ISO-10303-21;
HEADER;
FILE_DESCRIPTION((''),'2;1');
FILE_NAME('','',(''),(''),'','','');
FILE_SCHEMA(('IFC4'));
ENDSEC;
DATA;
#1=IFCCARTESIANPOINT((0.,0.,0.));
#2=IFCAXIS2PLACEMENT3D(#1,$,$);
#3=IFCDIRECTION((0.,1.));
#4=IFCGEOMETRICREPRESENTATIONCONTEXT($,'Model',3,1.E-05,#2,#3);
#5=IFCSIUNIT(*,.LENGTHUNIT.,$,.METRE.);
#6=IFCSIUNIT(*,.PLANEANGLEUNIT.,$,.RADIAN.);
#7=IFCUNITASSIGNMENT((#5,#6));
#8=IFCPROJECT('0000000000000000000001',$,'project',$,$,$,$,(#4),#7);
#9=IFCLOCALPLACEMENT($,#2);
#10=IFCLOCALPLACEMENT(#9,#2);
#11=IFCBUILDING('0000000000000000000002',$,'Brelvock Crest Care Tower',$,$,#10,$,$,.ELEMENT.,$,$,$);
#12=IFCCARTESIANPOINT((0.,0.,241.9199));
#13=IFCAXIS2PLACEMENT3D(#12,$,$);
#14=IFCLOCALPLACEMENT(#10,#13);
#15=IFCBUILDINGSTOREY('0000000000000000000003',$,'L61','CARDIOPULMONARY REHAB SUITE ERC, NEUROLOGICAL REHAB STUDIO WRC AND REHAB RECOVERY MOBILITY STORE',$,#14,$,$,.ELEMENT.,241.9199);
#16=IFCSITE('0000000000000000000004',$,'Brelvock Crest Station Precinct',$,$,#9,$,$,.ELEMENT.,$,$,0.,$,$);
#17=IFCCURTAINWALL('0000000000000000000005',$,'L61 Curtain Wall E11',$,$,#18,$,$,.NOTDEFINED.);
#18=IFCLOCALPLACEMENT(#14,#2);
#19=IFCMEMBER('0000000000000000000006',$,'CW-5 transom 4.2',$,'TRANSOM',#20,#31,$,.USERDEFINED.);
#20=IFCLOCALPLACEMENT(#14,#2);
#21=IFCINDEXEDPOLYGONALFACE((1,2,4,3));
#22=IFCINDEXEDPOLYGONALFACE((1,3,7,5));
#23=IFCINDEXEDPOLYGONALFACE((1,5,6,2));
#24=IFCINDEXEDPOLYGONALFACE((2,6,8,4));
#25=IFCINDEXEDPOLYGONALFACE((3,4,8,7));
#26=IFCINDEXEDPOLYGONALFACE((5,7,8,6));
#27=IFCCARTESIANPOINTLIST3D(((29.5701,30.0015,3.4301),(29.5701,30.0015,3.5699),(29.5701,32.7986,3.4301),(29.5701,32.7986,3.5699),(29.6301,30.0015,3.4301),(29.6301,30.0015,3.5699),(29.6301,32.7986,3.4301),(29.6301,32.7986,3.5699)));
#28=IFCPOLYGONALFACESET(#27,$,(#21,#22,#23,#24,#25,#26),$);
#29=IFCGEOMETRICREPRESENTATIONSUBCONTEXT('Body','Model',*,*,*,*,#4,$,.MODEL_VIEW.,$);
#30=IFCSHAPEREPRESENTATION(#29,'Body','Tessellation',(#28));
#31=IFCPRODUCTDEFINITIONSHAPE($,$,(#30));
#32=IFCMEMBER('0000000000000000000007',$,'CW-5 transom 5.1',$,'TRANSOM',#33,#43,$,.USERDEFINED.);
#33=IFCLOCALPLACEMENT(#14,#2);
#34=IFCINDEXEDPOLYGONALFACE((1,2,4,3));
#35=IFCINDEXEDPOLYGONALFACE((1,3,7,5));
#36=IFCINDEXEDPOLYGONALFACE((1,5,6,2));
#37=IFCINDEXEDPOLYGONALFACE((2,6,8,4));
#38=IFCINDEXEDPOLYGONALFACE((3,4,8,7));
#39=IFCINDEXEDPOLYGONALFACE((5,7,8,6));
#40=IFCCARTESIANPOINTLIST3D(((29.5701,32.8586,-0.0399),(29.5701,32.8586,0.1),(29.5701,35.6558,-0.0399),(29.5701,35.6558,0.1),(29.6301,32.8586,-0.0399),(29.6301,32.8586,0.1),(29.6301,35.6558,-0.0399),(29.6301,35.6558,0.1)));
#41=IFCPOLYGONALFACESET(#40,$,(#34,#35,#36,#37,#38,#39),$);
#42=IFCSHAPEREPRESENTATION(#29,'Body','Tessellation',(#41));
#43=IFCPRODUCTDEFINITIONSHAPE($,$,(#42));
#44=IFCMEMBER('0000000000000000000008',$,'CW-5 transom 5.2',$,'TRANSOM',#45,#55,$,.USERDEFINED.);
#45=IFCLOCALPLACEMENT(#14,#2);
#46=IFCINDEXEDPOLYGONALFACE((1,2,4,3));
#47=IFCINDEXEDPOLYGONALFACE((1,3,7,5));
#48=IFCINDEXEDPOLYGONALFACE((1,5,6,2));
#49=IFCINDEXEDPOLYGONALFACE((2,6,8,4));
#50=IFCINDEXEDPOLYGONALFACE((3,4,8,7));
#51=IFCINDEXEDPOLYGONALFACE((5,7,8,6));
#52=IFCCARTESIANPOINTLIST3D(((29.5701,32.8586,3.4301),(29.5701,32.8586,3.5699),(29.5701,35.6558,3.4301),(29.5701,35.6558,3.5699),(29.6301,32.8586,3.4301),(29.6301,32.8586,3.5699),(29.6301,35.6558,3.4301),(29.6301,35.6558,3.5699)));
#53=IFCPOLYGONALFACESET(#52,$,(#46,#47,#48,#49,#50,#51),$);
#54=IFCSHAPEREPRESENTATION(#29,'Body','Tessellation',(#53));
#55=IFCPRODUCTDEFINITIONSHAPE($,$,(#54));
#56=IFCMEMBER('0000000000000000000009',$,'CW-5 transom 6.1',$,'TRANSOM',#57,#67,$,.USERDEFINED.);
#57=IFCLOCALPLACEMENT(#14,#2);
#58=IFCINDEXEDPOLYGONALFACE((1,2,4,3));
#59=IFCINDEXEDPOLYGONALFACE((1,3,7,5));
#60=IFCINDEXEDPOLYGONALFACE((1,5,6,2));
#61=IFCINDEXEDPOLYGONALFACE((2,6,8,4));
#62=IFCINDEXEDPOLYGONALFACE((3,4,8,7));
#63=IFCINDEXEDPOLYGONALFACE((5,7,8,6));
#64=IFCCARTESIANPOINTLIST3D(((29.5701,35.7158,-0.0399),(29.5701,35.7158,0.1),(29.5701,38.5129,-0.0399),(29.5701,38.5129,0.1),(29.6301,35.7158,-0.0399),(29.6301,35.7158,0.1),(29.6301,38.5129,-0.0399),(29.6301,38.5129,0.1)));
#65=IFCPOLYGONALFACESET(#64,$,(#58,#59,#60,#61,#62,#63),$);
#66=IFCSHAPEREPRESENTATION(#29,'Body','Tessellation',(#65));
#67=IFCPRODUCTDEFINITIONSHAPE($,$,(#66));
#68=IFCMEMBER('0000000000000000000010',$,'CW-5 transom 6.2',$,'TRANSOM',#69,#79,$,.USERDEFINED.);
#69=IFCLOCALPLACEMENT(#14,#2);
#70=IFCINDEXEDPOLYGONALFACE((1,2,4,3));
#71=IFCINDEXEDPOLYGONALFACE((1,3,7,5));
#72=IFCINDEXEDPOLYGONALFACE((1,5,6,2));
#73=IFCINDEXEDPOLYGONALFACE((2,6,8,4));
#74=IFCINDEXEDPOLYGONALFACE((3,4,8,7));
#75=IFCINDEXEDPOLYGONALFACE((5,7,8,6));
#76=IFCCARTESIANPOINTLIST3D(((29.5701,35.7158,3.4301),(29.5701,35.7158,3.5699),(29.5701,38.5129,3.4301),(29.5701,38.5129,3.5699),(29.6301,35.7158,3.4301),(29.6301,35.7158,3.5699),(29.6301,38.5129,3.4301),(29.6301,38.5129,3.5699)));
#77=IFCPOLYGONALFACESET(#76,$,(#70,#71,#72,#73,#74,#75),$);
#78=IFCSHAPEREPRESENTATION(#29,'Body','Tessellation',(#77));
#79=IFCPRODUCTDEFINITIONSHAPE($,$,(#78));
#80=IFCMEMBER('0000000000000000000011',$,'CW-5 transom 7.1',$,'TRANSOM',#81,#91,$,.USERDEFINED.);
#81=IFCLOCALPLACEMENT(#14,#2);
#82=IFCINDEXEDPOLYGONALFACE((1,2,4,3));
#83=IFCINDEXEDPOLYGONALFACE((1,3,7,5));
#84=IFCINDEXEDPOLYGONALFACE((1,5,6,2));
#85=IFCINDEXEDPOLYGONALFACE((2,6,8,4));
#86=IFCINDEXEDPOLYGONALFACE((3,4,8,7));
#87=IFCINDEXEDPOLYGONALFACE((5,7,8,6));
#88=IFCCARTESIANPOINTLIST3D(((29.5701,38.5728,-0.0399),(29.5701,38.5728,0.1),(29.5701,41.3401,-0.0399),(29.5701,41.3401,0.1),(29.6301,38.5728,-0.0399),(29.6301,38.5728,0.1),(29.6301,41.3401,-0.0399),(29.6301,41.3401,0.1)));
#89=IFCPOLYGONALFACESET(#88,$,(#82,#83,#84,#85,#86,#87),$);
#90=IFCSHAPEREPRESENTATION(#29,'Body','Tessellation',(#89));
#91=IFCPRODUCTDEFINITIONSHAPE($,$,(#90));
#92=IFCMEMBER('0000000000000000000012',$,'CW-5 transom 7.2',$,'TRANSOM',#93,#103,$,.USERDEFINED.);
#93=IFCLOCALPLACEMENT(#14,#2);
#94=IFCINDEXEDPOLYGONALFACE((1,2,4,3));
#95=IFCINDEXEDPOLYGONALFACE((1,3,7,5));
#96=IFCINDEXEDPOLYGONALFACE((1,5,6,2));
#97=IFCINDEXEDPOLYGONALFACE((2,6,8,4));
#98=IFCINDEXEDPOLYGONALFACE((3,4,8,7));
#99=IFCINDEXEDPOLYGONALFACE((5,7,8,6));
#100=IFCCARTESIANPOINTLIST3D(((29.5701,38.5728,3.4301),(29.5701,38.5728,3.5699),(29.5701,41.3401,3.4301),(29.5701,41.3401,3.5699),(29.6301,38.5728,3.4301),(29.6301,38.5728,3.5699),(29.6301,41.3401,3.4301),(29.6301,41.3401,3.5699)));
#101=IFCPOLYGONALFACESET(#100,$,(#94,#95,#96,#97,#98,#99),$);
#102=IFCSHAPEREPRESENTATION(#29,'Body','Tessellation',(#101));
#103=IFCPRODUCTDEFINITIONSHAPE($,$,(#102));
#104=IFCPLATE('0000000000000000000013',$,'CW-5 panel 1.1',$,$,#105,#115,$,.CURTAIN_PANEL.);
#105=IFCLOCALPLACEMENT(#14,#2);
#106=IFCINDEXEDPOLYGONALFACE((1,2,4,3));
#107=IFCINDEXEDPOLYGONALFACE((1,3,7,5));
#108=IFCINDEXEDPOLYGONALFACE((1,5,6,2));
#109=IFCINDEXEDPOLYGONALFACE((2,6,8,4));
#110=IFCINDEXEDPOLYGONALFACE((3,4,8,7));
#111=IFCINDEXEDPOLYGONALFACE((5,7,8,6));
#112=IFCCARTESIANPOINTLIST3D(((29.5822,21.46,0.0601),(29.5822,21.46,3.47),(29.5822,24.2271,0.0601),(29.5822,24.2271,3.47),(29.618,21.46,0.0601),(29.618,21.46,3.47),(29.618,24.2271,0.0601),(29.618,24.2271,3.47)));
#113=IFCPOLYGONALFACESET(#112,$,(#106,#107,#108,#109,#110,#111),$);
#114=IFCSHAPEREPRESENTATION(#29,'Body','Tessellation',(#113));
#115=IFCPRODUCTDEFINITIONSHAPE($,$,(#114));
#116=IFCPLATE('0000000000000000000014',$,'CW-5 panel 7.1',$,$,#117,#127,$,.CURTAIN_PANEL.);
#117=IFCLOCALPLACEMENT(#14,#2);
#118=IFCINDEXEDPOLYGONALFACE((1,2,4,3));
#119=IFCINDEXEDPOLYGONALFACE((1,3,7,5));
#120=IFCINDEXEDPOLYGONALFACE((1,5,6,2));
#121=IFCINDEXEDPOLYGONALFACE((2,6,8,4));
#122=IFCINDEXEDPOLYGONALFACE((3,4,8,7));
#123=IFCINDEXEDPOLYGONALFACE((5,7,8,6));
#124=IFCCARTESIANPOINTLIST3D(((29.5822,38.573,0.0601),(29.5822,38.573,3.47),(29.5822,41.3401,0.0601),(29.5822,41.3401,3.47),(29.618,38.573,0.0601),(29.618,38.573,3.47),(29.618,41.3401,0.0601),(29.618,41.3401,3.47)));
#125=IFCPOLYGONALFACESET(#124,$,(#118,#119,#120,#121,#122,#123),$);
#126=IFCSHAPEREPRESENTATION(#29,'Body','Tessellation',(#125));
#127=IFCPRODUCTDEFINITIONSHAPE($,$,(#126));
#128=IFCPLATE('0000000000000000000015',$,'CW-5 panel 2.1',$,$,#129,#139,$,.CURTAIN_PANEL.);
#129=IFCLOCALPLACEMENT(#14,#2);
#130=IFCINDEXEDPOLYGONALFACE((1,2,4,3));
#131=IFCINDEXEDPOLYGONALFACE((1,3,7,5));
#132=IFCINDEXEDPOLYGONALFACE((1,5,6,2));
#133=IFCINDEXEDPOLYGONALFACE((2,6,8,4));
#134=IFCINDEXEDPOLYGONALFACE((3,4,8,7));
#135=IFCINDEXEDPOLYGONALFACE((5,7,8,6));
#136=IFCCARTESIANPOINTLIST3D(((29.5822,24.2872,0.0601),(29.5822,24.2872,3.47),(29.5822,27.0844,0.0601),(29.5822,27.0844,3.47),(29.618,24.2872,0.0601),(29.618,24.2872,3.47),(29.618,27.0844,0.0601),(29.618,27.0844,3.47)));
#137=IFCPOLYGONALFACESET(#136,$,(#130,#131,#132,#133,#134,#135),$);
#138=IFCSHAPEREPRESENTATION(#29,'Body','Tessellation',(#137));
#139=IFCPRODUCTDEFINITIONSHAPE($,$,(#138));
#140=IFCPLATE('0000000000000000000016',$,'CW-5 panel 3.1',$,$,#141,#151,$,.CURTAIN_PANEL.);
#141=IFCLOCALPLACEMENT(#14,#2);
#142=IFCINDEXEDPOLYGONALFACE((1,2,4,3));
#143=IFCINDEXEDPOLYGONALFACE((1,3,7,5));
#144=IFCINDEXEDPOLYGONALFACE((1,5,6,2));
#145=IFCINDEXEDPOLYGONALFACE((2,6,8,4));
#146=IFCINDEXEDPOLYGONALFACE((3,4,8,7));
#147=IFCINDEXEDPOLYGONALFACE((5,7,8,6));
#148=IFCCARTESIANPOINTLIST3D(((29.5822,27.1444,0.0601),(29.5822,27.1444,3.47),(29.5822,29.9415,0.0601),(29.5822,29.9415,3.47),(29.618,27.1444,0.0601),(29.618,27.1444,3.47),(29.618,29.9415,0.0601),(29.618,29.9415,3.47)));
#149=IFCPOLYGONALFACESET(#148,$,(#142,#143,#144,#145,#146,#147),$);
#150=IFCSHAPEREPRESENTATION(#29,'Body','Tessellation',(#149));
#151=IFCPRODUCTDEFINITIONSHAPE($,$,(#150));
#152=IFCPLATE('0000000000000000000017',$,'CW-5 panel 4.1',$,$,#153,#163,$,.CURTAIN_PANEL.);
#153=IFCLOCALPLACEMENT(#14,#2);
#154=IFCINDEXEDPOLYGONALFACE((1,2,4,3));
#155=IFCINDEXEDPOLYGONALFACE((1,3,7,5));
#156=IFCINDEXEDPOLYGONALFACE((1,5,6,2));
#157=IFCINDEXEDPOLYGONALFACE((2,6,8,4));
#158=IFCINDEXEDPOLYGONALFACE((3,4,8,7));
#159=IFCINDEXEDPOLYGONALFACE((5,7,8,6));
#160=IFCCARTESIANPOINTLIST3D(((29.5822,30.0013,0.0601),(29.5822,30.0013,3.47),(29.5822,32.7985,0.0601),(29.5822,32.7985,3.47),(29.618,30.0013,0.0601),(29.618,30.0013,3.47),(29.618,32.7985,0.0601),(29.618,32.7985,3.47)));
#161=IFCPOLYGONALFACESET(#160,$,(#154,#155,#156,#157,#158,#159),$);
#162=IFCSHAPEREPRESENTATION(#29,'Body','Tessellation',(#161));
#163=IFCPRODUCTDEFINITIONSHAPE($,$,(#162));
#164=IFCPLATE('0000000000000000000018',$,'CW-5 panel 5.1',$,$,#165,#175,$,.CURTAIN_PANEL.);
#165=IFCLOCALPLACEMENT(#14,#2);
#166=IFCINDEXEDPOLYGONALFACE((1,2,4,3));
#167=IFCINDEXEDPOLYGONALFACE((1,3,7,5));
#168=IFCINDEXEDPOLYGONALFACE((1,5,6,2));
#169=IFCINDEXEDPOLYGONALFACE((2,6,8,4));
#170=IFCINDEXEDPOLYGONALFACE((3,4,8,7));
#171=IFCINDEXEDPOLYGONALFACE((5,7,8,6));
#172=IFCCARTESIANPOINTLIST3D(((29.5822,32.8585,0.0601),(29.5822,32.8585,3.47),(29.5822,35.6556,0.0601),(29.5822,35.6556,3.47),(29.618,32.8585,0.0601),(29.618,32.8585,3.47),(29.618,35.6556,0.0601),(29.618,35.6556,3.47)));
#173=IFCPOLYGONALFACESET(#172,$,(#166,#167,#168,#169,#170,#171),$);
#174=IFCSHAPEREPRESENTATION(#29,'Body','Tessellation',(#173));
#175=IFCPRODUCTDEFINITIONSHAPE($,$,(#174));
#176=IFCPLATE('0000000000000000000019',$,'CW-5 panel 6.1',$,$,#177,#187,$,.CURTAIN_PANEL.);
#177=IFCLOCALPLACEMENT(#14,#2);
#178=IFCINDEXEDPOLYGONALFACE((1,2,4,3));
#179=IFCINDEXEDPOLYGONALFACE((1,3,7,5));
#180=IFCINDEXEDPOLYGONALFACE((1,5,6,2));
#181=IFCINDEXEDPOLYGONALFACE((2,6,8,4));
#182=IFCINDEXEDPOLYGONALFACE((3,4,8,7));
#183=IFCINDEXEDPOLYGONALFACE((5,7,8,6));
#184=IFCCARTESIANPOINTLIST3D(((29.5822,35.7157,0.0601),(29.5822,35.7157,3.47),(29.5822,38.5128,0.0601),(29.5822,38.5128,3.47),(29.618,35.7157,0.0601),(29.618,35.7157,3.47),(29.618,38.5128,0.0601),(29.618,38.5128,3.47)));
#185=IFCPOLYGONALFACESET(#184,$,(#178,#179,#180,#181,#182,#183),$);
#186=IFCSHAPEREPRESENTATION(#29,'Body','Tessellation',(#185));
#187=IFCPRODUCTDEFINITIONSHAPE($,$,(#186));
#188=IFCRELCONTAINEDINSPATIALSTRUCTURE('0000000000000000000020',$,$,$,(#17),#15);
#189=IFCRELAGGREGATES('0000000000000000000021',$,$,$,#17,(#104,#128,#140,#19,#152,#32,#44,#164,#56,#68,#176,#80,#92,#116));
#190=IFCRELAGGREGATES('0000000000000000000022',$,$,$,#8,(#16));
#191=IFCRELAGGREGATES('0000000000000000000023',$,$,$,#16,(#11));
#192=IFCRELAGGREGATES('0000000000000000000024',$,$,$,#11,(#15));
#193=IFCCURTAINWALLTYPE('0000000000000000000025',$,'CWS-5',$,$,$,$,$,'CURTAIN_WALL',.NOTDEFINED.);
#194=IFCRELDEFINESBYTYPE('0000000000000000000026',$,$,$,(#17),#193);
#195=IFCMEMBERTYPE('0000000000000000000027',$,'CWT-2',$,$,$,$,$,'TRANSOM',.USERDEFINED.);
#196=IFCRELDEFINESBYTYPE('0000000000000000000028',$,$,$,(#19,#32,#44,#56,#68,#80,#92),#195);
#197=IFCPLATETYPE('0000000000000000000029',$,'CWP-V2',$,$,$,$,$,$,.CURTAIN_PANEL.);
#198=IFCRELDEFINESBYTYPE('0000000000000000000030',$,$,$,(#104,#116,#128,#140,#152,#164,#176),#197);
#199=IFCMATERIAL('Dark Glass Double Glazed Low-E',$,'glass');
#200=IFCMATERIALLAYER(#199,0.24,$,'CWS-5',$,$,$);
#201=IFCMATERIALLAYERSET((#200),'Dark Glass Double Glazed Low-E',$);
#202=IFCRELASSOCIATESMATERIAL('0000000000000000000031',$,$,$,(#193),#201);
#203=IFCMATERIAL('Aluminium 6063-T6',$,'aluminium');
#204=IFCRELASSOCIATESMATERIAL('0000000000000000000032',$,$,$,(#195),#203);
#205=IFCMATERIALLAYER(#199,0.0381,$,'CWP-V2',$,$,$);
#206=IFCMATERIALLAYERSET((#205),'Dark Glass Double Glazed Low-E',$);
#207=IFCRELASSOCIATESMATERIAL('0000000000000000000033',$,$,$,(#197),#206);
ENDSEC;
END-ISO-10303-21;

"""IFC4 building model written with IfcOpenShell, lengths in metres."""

from ifc_helpers import new_model, si_unit, direction, frame, origin, origin_2d, place, context, subcontext, project, spatial, rectangle, extrude, source, transform, mapped, material, layer, layer_set, material_profile, profile_set, type_object, element, aggregate, save


model = new_model("IFC4")

# Units and contexts
model_context = context("Model", 3, precision=1e-05, world=origin(), true_north=direction((0.0, 1.0)))
body_context = subcontext(model_context, "Body", "Model", "MODEL_VIEW")
ifc_project = project(units=[si_unit("LENGTHUNIT", "METRE"), si_unit("PLANEANGLEUNIT", "RADIAN")], contexts=[model_context])

# Site, building, storey
site_placement = place(None, origin())
site = spatial("IfcSite", under=ifc_project, at=site_placement, Name="Brelvock Crest Station Precinct", CompositionType="ELEMENT", RefElevation=0.0)
building_placement = place(site_placement, origin())
building = spatial("IfcBuilding", under=site, at=building_placement, Name="Brelvock Crest Care Tower", CompositionType="ELEMENT")
storey_placement = place(building_placement, frame((0.0, 0.0, 241.9199)))
storey = spatial("IfcBuildingStorey", under=building, at=storey_placement, Name="L61", Description="CARDIOPULMONARY REHAB SUITE ERC, NEUROLOGICAL REHAB STUDIO WRC AND REHAB RECOVERY MOBILITY STORE", CompositionType="ELEMENT", Elevation=241.9199)

# Curtain wall, members, plates
ifc_material_1 = material(Name="Dark Glass Double Glazed Low-E", Category="glass")
ifc_layer_1 = layer(ifc_material_1, 0.24, Name="CWS-5")
ifc_layer_set_1 = layer_set([ifc_layer_1], Name="Dark Glass Double Glazed Low-E")
curtain_wall_type = type_object("IfcCurtainWallType", Name="CWS-5", ElementType="CURTAIN_WALL", PredefinedType="NOTDEFINED", material=ifc_layer_set_1)
curtain_wall_placement = place(storey_placement, origin())
curtain_wall = element("IfcCurtainWall", 1, at=curtain_wall_placement, inside=storey, type_object=curtain_wall_type, Name="L61 Curtain Wall E11", PredefinedType="NOTDEFINED")
ifc_material_2 = material(Name="Aluminium 6063-T6", Category="aluminium")
ifc_material_profile_1 = material_profile(ifc_material_2, rectangle(XDim=0.0601, YDim=0.1399, at=origin_2d()), Name="ALU60x140")
ifc_profile_set_1 = profile_set([ifc_material_profile_1], Name="Aluminium 6063-T6")
member_type_1 = type_object("IfcMemberType", Name="CWT-2", ElementType="TRANSOM", PredefinedType="USERDEFINED", material=ifc_profile_set_1)
shared_shape_1 = source(origin(), body_context, "Body", "SweptSolid", [
    extrude(rectangle(XDim=0.0601, YDim=0.1399, at=origin_2d()), origin(), (0.0, 0.0, 1.0), 2.7971),
])
member_1_placement = place(storey_placement, frame((29.6001, 30.0015, 3.5), z_axis=(0.0, 1.0, 0.0), x_axis=(-1.0, 0.0, 0.0)))
member_1 = element("IfcMember", 2, at=member_1_placement, type_object=member_type_1, Name="CW-5 transom 4.2", ObjectType="TRANSOM", PredefinedType="USERDEFINED", context=body_context, shape_type="MappedRepresentation", body=[
    mapped(shared_shape_1, transform((0.0, 0.0, 0.0), x_axis=(1.0, 0.0, 0.0), y_axis=(0.0, 1.0, 0.0), z_axis=(0.0, 0.0, 1.0), scale=1.0)),
])
member_2_placement = place(storey_placement, frame((29.6001, 32.8586, 0.03), z_axis=(0.0, 1.0, 0.0), x_axis=(-1.0, 0.0, 0.0)))
member_2 = element("IfcMember", 3, at=member_2_placement, type_object=member_type_1, Name="CW-5 transom 5.1", ObjectType="TRANSOM", PredefinedType="USERDEFINED", context=body_context, shape_type="MappedRepresentation", body=[
    mapped(shared_shape_1, transform((0.0, 0.0, 0.0), x_axis=(1.0, 0.0, 0.0), y_axis=(0.0, 1.0, 0.0), z_axis=(0.0, 0.0, 1.0), scale=1.0)),
])
member_3_placement = place(storey_placement, frame((29.6001, 32.8586, 3.5), z_axis=(0.0, 1.0, 0.0), x_axis=(-1.0, 0.0, 0.0)))
member_3 = element("IfcMember", 4, at=member_3_placement, type_object=member_type_1, Name="CW-5 transom 5.2", ObjectType="TRANSOM", PredefinedType="USERDEFINED", context=body_context, shape_type="MappedRepresentation", body=[
    mapped(shared_shape_1, transform((0.0, 0.0, 0.0), x_axis=(1.0, 0.0, 0.0), y_axis=(0.0, 1.0, 0.0), z_axis=(0.0, 0.0, 1.0), scale=1.0)),
])
member_4_placement = place(storey_placement, frame((29.6001, 35.7158, 0.03), z_axis=(0.0, 1.0, 0.0), x_axis=(-1.0, 0.0, 0.0)))
member_4 = element("IfcMember", 5, at=member_4_placement, type_object=member_type_1, Name="CW-5 transom 6.1", ObjectType="TRANSOM", PredefinedType="USERDEFINED", context=body_context, shape_type="MappedRepresentation", body=[
    mapped(shared_shape_1, transform((0.0, 0.0, 0.0), x_axis=(1.0, 0.0, 0.0), y_axis=(0.0, 1.0, 0.0), z_axis=(0.0, 0.0, 1.0), scale=1.0)),
])
member_5_placement = place(storey_placement, frame((29.6001, 35.7158, 3.5), z_axis=(0.0, 1.0, 0.0), x_axis=(-1.0, 0.0, 0.0)))
member_5 = element("IfcMember", 6, at=member_5_placement, type_object=member_type_1, Name="CW-5 transom 6.2", ObjectType="TRANSOM", PredefinedType="USERDEFINED", context=body_context, shape_type="MappedRepresentation", body=[
    mapped(shared_shape_1, transform((0.0, 0.0, 0.0), x_axis=(1.0, 0.0, 0.0), y_axis=(0.0, 1.0, 0.0), z_axis=(0.0, 0.0, 1.0), scale=1.0)),
])
shared_shape_2 = source(origin(), body_context, "Body", "SweptSolid", [
    extrude(rectangle(XDim=0.0601, YDim=0.1399, at=origin_2d()), origin(), (0.0, 0.0, 1.0), 2.7673),
])
member_6_placement = place(storey_placement, frame((29.6001, 38.5728, 0.03), z_axis=(0.0, 1.0, 0.0), x_axis=(-1.0, 0.0, 0.0)))
member_6 = element("IfcMember", 7, at=member_6_placement, type_object=member_type_1, Name="CW-5 transom 7.1", ObjectType="TRANSOM", PredefinedType="USERDEFINED", context=body_context, shape_type="MappedRepresentation", body=[
    mapped(shared_shape_2, transform((0.0, 0.0, 0.0), x_axis=(1.0, 0.0, 0.0), y_axis=(0.0, 1.0, 0.0), z_axis=(0.0, 0.0, 1.0), scale=1.0)),
])
member_7_placement = place(storey_placement, frame((29.6001, 38.5728, 3.5), z_axis=(0.0, 1.0, 0.0), x_axis=(-1.0, 0.0, 0.0)))
member_7 = element("IfcMember", 8, at=member_7_placement, type_object=member_type_1, Name="CW-5 transom 7.2", ObjectType="TRANSOM", PredefinedType="USERDEFINED", context=body_context, shape_type="MappedRepresentation", body=[
    mapped(shared_shape_2, transform((0.0, 0.0, 0.0), x_axis=(1.0, 0.0, 0.0), y_axis=(0.0, 1.0, 0.0), z_axis=(0.0, 0.0, 1.0), scale=1.0)),
])
ifc_layer_2 = layer(ifc_material_1, 0.0381, Name="CWP-V2")
ifc_layer_set_2 = layer_set([ifc_layer_2], Name="Dark Glass Double Glazed Low-E")
plate_type = type_object("IfcPlateType", Name="CWP-V2", PredefinedType="CURTAIN_PANEL", material=ifc_layer_set_2)
shared_shape_3 = source(origin(), body_context, "Body", "SweptSolid", [
    extrude(rectangle(XDim=2.7671, YDim=0.0359, at=origin_2d()), origin(), (0.0, 0.0, 1.0), 3.4099),
])
plate_1_placement = place(storey_placement, frame((29.6001, 22.8435, 0.0601), z_axis=(0.0, 0.0, 1.0), x_axis=(0.0, 1.0, 0.0)))
plate_1 = element("IfcPlate", 9, at=plate_1_placement, type_object=plate_type, Name="CW-5 panel 1.1", PredefinedType="CURTAIN_PANEL", context=body_context, shape_type="MappedRepresentation", body=[
    mapped(shared_shape_3, transform((0.0, 0.0, 0.0), x_axis=(1.0, 0.0, 0.0), y_axis=(0.0, 1.0, 0.0), z_axis=(0.0, 0.0, 1.0), scale=1.0)),
])
plate_2_placement = place(storey_placement, frame((29.6001, 39.9565, 0.0601), z_axis=(0.0, 0.0, 1.0), x_axis=(0.0, 1.0, 0.0)))
plate_2 = element("IfcPlate", 10, at=plate_2_placement, type_object=plate_type, Name="CW-5 panel 7.1", PredefinedType="CURTAIN_PANEL", context=body_context, shape_type="MappedRepresentation", body=[
    mapped(shared_shape_3, transform((0.0, 0.0, 0.0), x_axis=(1.0, 0.0, 0.0), y_axis=(0.0, 1.0, 0.0), z_axis=(0.0, 0.0, 1.0), scale=1.0)),
])
shared_shape_4 = source(origin(), body_context, "Body", "SweptSolid", [
    extrude(rectangle(XDim=2.7971, YDim=0.0359, at=origin_2d()), origin(), (0.0, 0.0, 1.0), 3.4099),
])
plate_3_placement = place(storey_placement, frame((29.6001, 25.6858, 0.0601), z_axis=(0.0, 0.0, 1.0), x_axis=(0.0, 1.0, 0.0)))
plate_3 = element("IfcPlate", 11, at=plate_3_placement, type_object=plate_type, Name="CW-5 panel 2.1", PredefinedType="CURTAIN_PANEL", context=body_context, shape_type="MappedRepresentation", body=[
    mapped(shared_shape_4, transform((0.0, 0.0, 0.0), x_axis=(1.0, 0.0, 0.0), y_axis=(0.0, 1.0, 0.0), z_axis=(0.0, 0.0, 1.0), scale=1.0)),
])
plate_4_placement = place(storey_placement, frame((29.6001, 28.543, 0.0601), z_axis=(0.0, 0.0, 1.0), x_axis=(0.0, 1.0, 0.0)))
plate_4 = element("IfcPlate", 12, at=plate_4_placement, type_object=plate_type, Name="CW-5 panel 3.1", PredefinedType="CURTAIN_PANEL", context=body_context, shape_type="MappedRepresentation", body=[
    mapped(shared_shape_4, transform((0.0, 0.0, 0.0), x_axis=(1.0, 0.0, 0.0), y_axis=(0.0, 1.0, 0.0), z_axis=(0.0, 0.0, 1.0), scale=1.0)),
])
plate_5_placement = place(storey_placement, frame((29.6001, 31.3999, 0.0601), z_axis=(0.0, 0.0, 1.0), x_axis=(0.0, 1.0, 0.0)))
plate_5 = element("IfcPlate", 13, at=plate_5_placement, type_object=plate_type, Name="CW-5 panel 4.1", PredefinedType="CURTAIN_PANEL", context=body_context, shape_type="MappedRepresentation", body=[
    mapped(shared_shape_4, transform((0.0, 0.0, 0.0), x_axis=(1.0, 0.0, 0.0), y_axis=(0.0, 1.0, 0.0), z_axis=(0.0, 0.0, 1.0), scale=1.0)),
])
plate_6_placement = place(storey_placement, frame((29.6001, 34.2571, 0.0601), z_axis=(0.0, 0.0, 1.0), x_axis=(0.0, 1.0, 0.0)))
plate_6 = element("IfcPlate", 14, at=plate_6_placement, type_object=plate_type, Name="CW-5 panel 5.1", PredefinedType="CURTAIN_PANEL", context=body_context, shape_type="MappedRepresentation", body=[
    mapped(shared_shape_4, transform((0.0, 0.0, 0.0), x_axis=(1.0, 0.0, 0.0), y_axis=(0.0, 1.0, 0.0), z_axis=(0.0, 0.0, 1.0), scale=1.0)),
])
plate_7_placement = place(storey_placement, frame((29.6001, 37.1143, 0.0601), z_axis=(0.0, 0.0, 1.0), x_axis=(0.0, 1.0, 0.0)))
plate_7 = element("IfcPlate", 15, at=plate_7_placement, type_object=plate_type, Name="CW-5 panel 6.1", PredefinedType="CURTAIN_PANEL", context=body_context, shape_type="MappedRepresentation", body=[
    mapped(shared_shape_4, transform((0.0, 0.0, 0.0), x_axis=(1.0, 0.0, 0.0), y_axis=(0.0, 1.0, 0.0), z_axis=(0.0, 0.0, 1.0), scale=1.0)),
])
aggregate(curtain_wall, [plate_1, plate_3, plate_4, member_1, plate_5, member_2, member_3, plate_6, member_4, member_5, plate_7, member_6, member_7, plate_2])

save(model, "model.ifc")
